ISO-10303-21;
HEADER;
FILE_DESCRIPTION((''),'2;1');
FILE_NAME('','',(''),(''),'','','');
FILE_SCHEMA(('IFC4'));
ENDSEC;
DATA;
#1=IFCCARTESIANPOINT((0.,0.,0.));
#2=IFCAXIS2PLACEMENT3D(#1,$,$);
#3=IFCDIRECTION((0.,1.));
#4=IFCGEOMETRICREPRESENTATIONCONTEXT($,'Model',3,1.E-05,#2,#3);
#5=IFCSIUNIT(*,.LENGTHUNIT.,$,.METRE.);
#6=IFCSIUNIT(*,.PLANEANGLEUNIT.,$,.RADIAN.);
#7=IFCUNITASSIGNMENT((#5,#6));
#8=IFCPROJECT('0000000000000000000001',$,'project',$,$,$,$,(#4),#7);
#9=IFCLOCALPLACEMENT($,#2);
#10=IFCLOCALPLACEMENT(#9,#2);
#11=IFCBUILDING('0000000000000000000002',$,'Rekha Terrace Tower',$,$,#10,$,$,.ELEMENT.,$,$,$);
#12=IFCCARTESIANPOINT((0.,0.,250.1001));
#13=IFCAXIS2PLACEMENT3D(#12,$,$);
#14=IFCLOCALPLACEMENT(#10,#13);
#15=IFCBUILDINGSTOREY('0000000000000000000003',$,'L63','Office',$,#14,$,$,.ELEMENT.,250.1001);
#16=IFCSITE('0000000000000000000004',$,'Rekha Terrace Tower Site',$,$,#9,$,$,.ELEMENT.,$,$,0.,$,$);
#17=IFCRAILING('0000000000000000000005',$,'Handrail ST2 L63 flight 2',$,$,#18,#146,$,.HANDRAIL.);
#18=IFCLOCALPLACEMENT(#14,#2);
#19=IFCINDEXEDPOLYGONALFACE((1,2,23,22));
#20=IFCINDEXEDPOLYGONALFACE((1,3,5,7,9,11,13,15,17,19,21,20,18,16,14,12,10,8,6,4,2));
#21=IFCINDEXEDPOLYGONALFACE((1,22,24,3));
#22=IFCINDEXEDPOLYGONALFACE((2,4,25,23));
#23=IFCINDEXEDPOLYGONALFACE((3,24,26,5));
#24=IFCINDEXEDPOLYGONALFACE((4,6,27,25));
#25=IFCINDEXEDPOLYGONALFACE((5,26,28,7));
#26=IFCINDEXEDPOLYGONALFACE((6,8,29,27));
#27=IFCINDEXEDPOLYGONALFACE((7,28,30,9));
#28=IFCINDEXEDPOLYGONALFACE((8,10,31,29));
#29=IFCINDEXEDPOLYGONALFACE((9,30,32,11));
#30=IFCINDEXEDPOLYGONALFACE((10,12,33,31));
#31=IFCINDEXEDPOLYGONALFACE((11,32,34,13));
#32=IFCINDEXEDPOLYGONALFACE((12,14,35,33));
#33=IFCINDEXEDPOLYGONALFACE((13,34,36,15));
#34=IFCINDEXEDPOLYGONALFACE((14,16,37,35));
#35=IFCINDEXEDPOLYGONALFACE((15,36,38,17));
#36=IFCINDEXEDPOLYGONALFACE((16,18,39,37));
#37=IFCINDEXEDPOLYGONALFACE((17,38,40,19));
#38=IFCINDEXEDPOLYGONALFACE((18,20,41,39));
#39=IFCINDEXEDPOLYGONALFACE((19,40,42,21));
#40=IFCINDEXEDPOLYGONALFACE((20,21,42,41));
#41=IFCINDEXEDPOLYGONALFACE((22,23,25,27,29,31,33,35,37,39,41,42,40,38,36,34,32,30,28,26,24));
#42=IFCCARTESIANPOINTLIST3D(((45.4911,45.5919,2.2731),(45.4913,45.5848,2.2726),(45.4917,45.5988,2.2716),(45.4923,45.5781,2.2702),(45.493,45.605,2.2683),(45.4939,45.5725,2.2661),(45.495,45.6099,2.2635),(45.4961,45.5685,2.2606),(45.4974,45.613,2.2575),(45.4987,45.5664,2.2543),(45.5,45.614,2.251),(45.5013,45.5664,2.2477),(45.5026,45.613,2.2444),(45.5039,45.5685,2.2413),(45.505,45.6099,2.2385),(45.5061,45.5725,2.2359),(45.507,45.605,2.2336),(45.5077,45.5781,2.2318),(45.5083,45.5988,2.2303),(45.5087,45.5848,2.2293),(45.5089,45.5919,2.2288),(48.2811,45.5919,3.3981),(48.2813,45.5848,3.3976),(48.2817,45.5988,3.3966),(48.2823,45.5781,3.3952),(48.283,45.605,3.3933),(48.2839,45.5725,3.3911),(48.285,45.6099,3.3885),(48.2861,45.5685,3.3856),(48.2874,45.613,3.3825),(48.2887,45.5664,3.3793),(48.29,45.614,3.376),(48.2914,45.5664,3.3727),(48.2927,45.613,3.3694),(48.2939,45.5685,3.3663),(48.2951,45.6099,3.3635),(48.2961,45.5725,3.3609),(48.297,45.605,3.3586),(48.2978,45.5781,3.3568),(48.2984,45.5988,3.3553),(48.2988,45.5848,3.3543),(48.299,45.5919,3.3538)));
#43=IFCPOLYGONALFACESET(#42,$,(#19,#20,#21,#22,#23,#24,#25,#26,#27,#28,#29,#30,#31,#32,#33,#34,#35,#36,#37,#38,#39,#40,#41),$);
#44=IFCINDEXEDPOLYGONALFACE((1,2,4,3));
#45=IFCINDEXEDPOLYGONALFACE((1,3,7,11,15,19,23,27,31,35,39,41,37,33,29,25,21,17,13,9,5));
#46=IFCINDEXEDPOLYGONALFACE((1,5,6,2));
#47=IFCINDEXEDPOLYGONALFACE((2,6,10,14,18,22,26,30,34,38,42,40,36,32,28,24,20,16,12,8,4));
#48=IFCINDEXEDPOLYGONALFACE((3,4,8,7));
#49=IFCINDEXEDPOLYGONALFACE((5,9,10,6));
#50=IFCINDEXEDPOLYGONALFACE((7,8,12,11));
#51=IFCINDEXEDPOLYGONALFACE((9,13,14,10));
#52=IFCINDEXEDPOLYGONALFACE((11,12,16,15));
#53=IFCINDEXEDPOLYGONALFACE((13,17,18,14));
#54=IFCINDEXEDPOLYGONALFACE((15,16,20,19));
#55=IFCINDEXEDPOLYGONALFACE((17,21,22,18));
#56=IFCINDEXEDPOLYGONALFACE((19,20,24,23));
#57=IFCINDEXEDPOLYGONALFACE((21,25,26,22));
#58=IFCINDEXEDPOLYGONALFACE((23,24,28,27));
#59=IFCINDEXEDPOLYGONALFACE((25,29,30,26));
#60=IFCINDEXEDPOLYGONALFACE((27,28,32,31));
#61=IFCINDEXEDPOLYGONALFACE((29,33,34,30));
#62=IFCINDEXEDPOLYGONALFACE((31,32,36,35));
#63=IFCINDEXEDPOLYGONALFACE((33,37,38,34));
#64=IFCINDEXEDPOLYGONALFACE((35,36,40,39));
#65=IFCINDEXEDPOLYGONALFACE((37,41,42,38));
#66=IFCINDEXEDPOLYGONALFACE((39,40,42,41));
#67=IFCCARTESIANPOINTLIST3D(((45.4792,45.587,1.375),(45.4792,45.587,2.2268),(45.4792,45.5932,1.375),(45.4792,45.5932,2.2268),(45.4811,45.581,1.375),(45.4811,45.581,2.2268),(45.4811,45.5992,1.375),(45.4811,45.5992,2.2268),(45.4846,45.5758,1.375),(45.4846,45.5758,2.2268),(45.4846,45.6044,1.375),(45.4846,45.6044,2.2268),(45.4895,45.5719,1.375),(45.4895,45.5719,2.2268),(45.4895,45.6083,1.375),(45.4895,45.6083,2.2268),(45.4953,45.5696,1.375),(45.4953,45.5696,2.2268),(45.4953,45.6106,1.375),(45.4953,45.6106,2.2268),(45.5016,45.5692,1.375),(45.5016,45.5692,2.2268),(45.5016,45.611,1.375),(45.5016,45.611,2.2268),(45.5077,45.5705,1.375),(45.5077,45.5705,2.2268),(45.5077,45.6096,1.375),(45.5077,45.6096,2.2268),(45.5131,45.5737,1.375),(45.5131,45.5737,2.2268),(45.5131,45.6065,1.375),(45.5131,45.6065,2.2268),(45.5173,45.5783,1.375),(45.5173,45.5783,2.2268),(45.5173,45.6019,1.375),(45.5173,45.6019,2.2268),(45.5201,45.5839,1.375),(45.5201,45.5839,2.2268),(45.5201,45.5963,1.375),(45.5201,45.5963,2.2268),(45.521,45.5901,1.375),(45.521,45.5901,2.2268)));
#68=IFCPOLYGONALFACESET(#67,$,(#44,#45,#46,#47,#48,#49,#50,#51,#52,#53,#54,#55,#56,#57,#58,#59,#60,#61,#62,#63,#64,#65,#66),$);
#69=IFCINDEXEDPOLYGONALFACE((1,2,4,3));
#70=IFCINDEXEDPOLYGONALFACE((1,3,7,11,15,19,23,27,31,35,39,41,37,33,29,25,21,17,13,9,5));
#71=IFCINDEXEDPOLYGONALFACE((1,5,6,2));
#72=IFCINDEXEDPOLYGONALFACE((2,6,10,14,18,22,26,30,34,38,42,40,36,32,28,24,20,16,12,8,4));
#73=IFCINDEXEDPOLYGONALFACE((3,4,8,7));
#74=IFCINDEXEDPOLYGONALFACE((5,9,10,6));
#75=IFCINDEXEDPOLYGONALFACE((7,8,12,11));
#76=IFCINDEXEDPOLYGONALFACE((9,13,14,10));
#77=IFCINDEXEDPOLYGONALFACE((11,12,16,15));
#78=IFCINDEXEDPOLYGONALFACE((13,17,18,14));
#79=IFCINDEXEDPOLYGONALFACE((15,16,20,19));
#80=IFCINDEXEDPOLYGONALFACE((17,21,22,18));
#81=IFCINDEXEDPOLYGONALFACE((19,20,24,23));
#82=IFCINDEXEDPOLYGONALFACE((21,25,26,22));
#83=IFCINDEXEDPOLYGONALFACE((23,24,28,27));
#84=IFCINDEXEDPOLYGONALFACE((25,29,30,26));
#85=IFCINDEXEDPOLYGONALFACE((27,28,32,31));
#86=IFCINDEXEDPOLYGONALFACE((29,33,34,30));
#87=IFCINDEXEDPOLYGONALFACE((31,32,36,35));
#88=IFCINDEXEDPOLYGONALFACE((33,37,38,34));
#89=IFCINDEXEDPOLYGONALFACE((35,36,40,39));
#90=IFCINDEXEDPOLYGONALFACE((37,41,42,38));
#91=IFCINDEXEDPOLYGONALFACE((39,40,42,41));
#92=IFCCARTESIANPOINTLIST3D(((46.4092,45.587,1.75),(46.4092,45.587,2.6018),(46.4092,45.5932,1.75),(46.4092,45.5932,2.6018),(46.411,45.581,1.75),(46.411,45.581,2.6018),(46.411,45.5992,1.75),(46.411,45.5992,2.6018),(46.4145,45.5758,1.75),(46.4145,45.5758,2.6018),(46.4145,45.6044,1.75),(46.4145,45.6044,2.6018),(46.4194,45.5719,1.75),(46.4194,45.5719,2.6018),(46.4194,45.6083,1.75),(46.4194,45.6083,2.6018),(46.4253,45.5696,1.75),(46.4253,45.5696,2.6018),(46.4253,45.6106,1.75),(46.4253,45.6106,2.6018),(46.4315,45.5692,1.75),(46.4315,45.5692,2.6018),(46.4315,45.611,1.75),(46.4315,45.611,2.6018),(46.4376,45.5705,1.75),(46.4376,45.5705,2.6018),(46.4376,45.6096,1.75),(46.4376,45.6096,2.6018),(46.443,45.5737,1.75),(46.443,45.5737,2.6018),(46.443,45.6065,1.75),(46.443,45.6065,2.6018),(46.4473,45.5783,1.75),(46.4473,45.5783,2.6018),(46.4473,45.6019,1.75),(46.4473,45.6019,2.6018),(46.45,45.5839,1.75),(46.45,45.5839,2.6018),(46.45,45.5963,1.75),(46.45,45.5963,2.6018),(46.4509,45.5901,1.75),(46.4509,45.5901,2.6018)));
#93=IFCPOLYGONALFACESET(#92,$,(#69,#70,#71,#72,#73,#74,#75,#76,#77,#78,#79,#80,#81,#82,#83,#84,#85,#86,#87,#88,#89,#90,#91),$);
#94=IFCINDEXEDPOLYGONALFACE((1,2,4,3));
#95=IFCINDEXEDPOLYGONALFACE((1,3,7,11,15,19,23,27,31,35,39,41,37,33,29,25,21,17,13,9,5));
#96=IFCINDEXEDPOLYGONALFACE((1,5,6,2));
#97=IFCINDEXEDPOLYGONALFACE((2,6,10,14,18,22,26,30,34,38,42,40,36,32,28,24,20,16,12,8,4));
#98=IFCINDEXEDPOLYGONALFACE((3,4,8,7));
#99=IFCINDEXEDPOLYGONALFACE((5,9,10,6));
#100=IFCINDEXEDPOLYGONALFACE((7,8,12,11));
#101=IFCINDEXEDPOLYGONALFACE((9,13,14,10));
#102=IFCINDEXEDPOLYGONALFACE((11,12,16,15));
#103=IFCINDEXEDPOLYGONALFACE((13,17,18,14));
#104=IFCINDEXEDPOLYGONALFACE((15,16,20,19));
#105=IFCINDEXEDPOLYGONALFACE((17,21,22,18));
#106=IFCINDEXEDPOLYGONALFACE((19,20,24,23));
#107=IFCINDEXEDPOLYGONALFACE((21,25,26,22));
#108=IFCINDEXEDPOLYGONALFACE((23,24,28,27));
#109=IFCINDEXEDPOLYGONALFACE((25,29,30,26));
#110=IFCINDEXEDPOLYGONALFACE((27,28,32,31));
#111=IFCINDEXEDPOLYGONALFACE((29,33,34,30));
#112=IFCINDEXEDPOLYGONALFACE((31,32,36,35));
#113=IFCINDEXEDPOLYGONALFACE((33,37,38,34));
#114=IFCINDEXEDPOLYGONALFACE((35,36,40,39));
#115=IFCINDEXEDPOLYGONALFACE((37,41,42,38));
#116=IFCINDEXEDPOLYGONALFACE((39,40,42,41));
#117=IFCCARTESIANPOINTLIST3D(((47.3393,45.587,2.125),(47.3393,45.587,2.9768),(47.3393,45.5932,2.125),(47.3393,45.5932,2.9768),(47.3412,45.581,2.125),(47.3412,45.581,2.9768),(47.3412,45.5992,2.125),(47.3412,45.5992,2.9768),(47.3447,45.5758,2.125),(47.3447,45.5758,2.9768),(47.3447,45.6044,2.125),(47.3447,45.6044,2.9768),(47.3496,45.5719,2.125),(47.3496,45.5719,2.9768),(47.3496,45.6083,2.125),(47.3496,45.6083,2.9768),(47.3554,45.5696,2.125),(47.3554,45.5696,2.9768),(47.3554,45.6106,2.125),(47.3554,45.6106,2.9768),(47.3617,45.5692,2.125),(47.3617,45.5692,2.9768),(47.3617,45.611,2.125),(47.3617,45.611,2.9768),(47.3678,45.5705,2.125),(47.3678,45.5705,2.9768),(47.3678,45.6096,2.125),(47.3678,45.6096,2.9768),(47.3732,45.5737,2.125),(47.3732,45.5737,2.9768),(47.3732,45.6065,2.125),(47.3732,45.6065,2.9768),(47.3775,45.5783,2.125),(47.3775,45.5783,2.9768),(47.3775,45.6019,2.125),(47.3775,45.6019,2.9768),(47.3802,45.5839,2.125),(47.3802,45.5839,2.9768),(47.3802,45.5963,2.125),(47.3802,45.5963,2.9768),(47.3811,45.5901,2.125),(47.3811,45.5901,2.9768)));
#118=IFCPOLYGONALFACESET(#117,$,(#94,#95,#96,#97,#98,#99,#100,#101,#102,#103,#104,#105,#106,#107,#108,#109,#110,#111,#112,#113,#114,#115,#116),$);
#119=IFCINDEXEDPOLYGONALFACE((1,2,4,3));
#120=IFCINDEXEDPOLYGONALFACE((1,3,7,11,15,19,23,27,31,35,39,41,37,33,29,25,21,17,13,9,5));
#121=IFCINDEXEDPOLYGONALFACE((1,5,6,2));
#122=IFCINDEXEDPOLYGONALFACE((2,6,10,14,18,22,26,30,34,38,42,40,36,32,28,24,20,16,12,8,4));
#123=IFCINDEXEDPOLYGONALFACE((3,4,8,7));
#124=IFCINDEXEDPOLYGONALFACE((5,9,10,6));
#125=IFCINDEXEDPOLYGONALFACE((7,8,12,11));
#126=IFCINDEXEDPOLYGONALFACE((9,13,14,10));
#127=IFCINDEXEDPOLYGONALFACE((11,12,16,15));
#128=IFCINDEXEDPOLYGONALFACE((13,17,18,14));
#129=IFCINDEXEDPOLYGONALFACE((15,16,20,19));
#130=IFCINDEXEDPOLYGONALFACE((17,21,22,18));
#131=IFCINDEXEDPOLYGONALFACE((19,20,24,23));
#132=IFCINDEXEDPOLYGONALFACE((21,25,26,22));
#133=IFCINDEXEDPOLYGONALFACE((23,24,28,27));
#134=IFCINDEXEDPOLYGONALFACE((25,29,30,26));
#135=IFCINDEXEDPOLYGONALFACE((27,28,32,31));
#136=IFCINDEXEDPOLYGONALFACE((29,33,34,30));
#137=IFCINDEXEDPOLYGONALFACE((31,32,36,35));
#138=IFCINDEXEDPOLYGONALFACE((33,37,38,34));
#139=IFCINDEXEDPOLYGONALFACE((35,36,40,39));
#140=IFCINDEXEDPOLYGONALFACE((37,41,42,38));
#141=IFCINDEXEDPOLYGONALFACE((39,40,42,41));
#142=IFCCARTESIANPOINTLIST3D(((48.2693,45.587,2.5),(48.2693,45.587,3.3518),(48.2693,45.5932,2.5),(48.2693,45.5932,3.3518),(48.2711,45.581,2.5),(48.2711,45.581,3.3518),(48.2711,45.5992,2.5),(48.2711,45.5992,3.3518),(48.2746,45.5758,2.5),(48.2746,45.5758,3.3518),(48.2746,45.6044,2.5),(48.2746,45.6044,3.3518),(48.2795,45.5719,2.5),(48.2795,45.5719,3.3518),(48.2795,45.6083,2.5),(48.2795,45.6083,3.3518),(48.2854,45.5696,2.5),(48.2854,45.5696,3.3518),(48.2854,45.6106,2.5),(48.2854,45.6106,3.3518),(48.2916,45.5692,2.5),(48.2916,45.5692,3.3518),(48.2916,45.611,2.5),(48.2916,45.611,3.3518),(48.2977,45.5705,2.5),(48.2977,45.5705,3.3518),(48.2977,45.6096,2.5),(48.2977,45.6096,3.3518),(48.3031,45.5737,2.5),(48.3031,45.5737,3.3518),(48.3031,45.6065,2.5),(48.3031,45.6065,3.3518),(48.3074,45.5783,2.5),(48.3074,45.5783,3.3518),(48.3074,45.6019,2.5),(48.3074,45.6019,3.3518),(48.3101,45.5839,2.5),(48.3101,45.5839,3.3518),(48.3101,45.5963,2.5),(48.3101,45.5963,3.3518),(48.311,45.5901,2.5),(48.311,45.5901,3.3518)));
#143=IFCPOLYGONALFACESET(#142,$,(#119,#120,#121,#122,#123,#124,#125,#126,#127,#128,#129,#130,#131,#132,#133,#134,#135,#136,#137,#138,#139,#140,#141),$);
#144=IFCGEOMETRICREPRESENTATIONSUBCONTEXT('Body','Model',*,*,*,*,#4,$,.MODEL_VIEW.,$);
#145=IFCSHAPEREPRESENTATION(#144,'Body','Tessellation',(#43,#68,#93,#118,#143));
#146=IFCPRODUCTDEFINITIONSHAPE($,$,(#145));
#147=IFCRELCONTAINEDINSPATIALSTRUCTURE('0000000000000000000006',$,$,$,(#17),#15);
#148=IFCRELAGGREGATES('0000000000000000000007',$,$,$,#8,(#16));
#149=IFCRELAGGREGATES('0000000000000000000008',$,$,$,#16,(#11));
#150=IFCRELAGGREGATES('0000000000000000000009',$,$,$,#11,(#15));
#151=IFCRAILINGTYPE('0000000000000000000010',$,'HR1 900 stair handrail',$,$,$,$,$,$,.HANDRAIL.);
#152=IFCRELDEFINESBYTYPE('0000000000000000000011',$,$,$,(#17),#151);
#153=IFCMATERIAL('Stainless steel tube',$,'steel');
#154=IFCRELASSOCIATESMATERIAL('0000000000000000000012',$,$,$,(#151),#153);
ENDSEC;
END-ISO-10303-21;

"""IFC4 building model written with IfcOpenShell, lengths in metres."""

from ifc_helpers import new_model, si_unit, direction, frame, origin, origin_2d, place, context, subcontext, project, spatial, circle, extrude, material, type_object, element, save


model = new_model("IFC4")

# Units and contexts
model_context = context("Model", 3, precision=1e-05, world=origin(), true_north=direction((0.0, 1.0)))
body_context = subcontext(model_context, "Body", "Model", "MODEL_VIEW")
ifc_project = project(units=[si_unit("LENGTHUNIT", "METRE"), si_unit("PLANEANGLEUNIT", "RADIAN")], contexts=[model_context])

# Site, building, storey
site_placement = place(None, origin())
site = spatial("IfcSite", under=ifc_project, at=site_placement, Name="Rekha Terrace Tower Site", CompositionType="ELEMENT", RefElevation=0.0)
building_placement = place(site_placement, origin())
building = spatial("IfcBuilding", under=site, at=building_placement, Name="Rekha Terrace Tower", CompositionType="ELEMENT")
storey_placement = place(building_placement, frame((0.0, 0.0, 250.1001)))
storey = spatial("IfcBuildingStorey", under=building, at=storey_placement, Name="L63", Description="Office", CompositionType="ELEMENT", Elevation=250.1001)

# Railing
ifc_material_1 = material(Name="Stainless steel tube", Category="steel")
railing_type_1 = type_object("IfcRailingType", Name="HR1 900 stair handrail", PredefinedType="HANDRAIL", material=ifc_material_1)
railing_1_placement = place(storey_placement, frame((45.5, 45.5901, 1.375)))
element("IfcRailing", 1, at=railing_1_placement, inside=storey, type_object=railing_type_1, Name="Handrail ST2 L63 flight 2", PredefinedType="HANDRAIL", context=body_context, shape_type="SweptSolid", body=[
    extrude(circle(Radius=0.0239, at=origin_2d()), frame((0.0, 0.0, 0.876), z_axis=(0.927443, 0.0, 0.373964), x_axis=(0.0, 1.0, 0.0)), (0.0, 0.0, 1.0), 3.0083),
    extrude(circle(Radius=0.021, at=origin_2d()), origin(), (0.0, 0.0, 1.0), 0.8518),
    extrude(circle(Radius=0.021, at=origin_2d()), frame((0.9299, 0.0, 0.375)), (0.0, 0.0, 1.0), 0.8518),
    extrude(circle(Radius=0.021, at=origin_2d()), frame((1.8601, 0.0, 0.75)), (0.0, 0.0, 1.0), 0.8518),
    extrude(circle(Radius=0.021, at=origin_2d()), frame((2.79, 0.0, 1.125)), (0.0, 0.0, 1.0), 0.8518),
])

save(model, "model.ifc")
